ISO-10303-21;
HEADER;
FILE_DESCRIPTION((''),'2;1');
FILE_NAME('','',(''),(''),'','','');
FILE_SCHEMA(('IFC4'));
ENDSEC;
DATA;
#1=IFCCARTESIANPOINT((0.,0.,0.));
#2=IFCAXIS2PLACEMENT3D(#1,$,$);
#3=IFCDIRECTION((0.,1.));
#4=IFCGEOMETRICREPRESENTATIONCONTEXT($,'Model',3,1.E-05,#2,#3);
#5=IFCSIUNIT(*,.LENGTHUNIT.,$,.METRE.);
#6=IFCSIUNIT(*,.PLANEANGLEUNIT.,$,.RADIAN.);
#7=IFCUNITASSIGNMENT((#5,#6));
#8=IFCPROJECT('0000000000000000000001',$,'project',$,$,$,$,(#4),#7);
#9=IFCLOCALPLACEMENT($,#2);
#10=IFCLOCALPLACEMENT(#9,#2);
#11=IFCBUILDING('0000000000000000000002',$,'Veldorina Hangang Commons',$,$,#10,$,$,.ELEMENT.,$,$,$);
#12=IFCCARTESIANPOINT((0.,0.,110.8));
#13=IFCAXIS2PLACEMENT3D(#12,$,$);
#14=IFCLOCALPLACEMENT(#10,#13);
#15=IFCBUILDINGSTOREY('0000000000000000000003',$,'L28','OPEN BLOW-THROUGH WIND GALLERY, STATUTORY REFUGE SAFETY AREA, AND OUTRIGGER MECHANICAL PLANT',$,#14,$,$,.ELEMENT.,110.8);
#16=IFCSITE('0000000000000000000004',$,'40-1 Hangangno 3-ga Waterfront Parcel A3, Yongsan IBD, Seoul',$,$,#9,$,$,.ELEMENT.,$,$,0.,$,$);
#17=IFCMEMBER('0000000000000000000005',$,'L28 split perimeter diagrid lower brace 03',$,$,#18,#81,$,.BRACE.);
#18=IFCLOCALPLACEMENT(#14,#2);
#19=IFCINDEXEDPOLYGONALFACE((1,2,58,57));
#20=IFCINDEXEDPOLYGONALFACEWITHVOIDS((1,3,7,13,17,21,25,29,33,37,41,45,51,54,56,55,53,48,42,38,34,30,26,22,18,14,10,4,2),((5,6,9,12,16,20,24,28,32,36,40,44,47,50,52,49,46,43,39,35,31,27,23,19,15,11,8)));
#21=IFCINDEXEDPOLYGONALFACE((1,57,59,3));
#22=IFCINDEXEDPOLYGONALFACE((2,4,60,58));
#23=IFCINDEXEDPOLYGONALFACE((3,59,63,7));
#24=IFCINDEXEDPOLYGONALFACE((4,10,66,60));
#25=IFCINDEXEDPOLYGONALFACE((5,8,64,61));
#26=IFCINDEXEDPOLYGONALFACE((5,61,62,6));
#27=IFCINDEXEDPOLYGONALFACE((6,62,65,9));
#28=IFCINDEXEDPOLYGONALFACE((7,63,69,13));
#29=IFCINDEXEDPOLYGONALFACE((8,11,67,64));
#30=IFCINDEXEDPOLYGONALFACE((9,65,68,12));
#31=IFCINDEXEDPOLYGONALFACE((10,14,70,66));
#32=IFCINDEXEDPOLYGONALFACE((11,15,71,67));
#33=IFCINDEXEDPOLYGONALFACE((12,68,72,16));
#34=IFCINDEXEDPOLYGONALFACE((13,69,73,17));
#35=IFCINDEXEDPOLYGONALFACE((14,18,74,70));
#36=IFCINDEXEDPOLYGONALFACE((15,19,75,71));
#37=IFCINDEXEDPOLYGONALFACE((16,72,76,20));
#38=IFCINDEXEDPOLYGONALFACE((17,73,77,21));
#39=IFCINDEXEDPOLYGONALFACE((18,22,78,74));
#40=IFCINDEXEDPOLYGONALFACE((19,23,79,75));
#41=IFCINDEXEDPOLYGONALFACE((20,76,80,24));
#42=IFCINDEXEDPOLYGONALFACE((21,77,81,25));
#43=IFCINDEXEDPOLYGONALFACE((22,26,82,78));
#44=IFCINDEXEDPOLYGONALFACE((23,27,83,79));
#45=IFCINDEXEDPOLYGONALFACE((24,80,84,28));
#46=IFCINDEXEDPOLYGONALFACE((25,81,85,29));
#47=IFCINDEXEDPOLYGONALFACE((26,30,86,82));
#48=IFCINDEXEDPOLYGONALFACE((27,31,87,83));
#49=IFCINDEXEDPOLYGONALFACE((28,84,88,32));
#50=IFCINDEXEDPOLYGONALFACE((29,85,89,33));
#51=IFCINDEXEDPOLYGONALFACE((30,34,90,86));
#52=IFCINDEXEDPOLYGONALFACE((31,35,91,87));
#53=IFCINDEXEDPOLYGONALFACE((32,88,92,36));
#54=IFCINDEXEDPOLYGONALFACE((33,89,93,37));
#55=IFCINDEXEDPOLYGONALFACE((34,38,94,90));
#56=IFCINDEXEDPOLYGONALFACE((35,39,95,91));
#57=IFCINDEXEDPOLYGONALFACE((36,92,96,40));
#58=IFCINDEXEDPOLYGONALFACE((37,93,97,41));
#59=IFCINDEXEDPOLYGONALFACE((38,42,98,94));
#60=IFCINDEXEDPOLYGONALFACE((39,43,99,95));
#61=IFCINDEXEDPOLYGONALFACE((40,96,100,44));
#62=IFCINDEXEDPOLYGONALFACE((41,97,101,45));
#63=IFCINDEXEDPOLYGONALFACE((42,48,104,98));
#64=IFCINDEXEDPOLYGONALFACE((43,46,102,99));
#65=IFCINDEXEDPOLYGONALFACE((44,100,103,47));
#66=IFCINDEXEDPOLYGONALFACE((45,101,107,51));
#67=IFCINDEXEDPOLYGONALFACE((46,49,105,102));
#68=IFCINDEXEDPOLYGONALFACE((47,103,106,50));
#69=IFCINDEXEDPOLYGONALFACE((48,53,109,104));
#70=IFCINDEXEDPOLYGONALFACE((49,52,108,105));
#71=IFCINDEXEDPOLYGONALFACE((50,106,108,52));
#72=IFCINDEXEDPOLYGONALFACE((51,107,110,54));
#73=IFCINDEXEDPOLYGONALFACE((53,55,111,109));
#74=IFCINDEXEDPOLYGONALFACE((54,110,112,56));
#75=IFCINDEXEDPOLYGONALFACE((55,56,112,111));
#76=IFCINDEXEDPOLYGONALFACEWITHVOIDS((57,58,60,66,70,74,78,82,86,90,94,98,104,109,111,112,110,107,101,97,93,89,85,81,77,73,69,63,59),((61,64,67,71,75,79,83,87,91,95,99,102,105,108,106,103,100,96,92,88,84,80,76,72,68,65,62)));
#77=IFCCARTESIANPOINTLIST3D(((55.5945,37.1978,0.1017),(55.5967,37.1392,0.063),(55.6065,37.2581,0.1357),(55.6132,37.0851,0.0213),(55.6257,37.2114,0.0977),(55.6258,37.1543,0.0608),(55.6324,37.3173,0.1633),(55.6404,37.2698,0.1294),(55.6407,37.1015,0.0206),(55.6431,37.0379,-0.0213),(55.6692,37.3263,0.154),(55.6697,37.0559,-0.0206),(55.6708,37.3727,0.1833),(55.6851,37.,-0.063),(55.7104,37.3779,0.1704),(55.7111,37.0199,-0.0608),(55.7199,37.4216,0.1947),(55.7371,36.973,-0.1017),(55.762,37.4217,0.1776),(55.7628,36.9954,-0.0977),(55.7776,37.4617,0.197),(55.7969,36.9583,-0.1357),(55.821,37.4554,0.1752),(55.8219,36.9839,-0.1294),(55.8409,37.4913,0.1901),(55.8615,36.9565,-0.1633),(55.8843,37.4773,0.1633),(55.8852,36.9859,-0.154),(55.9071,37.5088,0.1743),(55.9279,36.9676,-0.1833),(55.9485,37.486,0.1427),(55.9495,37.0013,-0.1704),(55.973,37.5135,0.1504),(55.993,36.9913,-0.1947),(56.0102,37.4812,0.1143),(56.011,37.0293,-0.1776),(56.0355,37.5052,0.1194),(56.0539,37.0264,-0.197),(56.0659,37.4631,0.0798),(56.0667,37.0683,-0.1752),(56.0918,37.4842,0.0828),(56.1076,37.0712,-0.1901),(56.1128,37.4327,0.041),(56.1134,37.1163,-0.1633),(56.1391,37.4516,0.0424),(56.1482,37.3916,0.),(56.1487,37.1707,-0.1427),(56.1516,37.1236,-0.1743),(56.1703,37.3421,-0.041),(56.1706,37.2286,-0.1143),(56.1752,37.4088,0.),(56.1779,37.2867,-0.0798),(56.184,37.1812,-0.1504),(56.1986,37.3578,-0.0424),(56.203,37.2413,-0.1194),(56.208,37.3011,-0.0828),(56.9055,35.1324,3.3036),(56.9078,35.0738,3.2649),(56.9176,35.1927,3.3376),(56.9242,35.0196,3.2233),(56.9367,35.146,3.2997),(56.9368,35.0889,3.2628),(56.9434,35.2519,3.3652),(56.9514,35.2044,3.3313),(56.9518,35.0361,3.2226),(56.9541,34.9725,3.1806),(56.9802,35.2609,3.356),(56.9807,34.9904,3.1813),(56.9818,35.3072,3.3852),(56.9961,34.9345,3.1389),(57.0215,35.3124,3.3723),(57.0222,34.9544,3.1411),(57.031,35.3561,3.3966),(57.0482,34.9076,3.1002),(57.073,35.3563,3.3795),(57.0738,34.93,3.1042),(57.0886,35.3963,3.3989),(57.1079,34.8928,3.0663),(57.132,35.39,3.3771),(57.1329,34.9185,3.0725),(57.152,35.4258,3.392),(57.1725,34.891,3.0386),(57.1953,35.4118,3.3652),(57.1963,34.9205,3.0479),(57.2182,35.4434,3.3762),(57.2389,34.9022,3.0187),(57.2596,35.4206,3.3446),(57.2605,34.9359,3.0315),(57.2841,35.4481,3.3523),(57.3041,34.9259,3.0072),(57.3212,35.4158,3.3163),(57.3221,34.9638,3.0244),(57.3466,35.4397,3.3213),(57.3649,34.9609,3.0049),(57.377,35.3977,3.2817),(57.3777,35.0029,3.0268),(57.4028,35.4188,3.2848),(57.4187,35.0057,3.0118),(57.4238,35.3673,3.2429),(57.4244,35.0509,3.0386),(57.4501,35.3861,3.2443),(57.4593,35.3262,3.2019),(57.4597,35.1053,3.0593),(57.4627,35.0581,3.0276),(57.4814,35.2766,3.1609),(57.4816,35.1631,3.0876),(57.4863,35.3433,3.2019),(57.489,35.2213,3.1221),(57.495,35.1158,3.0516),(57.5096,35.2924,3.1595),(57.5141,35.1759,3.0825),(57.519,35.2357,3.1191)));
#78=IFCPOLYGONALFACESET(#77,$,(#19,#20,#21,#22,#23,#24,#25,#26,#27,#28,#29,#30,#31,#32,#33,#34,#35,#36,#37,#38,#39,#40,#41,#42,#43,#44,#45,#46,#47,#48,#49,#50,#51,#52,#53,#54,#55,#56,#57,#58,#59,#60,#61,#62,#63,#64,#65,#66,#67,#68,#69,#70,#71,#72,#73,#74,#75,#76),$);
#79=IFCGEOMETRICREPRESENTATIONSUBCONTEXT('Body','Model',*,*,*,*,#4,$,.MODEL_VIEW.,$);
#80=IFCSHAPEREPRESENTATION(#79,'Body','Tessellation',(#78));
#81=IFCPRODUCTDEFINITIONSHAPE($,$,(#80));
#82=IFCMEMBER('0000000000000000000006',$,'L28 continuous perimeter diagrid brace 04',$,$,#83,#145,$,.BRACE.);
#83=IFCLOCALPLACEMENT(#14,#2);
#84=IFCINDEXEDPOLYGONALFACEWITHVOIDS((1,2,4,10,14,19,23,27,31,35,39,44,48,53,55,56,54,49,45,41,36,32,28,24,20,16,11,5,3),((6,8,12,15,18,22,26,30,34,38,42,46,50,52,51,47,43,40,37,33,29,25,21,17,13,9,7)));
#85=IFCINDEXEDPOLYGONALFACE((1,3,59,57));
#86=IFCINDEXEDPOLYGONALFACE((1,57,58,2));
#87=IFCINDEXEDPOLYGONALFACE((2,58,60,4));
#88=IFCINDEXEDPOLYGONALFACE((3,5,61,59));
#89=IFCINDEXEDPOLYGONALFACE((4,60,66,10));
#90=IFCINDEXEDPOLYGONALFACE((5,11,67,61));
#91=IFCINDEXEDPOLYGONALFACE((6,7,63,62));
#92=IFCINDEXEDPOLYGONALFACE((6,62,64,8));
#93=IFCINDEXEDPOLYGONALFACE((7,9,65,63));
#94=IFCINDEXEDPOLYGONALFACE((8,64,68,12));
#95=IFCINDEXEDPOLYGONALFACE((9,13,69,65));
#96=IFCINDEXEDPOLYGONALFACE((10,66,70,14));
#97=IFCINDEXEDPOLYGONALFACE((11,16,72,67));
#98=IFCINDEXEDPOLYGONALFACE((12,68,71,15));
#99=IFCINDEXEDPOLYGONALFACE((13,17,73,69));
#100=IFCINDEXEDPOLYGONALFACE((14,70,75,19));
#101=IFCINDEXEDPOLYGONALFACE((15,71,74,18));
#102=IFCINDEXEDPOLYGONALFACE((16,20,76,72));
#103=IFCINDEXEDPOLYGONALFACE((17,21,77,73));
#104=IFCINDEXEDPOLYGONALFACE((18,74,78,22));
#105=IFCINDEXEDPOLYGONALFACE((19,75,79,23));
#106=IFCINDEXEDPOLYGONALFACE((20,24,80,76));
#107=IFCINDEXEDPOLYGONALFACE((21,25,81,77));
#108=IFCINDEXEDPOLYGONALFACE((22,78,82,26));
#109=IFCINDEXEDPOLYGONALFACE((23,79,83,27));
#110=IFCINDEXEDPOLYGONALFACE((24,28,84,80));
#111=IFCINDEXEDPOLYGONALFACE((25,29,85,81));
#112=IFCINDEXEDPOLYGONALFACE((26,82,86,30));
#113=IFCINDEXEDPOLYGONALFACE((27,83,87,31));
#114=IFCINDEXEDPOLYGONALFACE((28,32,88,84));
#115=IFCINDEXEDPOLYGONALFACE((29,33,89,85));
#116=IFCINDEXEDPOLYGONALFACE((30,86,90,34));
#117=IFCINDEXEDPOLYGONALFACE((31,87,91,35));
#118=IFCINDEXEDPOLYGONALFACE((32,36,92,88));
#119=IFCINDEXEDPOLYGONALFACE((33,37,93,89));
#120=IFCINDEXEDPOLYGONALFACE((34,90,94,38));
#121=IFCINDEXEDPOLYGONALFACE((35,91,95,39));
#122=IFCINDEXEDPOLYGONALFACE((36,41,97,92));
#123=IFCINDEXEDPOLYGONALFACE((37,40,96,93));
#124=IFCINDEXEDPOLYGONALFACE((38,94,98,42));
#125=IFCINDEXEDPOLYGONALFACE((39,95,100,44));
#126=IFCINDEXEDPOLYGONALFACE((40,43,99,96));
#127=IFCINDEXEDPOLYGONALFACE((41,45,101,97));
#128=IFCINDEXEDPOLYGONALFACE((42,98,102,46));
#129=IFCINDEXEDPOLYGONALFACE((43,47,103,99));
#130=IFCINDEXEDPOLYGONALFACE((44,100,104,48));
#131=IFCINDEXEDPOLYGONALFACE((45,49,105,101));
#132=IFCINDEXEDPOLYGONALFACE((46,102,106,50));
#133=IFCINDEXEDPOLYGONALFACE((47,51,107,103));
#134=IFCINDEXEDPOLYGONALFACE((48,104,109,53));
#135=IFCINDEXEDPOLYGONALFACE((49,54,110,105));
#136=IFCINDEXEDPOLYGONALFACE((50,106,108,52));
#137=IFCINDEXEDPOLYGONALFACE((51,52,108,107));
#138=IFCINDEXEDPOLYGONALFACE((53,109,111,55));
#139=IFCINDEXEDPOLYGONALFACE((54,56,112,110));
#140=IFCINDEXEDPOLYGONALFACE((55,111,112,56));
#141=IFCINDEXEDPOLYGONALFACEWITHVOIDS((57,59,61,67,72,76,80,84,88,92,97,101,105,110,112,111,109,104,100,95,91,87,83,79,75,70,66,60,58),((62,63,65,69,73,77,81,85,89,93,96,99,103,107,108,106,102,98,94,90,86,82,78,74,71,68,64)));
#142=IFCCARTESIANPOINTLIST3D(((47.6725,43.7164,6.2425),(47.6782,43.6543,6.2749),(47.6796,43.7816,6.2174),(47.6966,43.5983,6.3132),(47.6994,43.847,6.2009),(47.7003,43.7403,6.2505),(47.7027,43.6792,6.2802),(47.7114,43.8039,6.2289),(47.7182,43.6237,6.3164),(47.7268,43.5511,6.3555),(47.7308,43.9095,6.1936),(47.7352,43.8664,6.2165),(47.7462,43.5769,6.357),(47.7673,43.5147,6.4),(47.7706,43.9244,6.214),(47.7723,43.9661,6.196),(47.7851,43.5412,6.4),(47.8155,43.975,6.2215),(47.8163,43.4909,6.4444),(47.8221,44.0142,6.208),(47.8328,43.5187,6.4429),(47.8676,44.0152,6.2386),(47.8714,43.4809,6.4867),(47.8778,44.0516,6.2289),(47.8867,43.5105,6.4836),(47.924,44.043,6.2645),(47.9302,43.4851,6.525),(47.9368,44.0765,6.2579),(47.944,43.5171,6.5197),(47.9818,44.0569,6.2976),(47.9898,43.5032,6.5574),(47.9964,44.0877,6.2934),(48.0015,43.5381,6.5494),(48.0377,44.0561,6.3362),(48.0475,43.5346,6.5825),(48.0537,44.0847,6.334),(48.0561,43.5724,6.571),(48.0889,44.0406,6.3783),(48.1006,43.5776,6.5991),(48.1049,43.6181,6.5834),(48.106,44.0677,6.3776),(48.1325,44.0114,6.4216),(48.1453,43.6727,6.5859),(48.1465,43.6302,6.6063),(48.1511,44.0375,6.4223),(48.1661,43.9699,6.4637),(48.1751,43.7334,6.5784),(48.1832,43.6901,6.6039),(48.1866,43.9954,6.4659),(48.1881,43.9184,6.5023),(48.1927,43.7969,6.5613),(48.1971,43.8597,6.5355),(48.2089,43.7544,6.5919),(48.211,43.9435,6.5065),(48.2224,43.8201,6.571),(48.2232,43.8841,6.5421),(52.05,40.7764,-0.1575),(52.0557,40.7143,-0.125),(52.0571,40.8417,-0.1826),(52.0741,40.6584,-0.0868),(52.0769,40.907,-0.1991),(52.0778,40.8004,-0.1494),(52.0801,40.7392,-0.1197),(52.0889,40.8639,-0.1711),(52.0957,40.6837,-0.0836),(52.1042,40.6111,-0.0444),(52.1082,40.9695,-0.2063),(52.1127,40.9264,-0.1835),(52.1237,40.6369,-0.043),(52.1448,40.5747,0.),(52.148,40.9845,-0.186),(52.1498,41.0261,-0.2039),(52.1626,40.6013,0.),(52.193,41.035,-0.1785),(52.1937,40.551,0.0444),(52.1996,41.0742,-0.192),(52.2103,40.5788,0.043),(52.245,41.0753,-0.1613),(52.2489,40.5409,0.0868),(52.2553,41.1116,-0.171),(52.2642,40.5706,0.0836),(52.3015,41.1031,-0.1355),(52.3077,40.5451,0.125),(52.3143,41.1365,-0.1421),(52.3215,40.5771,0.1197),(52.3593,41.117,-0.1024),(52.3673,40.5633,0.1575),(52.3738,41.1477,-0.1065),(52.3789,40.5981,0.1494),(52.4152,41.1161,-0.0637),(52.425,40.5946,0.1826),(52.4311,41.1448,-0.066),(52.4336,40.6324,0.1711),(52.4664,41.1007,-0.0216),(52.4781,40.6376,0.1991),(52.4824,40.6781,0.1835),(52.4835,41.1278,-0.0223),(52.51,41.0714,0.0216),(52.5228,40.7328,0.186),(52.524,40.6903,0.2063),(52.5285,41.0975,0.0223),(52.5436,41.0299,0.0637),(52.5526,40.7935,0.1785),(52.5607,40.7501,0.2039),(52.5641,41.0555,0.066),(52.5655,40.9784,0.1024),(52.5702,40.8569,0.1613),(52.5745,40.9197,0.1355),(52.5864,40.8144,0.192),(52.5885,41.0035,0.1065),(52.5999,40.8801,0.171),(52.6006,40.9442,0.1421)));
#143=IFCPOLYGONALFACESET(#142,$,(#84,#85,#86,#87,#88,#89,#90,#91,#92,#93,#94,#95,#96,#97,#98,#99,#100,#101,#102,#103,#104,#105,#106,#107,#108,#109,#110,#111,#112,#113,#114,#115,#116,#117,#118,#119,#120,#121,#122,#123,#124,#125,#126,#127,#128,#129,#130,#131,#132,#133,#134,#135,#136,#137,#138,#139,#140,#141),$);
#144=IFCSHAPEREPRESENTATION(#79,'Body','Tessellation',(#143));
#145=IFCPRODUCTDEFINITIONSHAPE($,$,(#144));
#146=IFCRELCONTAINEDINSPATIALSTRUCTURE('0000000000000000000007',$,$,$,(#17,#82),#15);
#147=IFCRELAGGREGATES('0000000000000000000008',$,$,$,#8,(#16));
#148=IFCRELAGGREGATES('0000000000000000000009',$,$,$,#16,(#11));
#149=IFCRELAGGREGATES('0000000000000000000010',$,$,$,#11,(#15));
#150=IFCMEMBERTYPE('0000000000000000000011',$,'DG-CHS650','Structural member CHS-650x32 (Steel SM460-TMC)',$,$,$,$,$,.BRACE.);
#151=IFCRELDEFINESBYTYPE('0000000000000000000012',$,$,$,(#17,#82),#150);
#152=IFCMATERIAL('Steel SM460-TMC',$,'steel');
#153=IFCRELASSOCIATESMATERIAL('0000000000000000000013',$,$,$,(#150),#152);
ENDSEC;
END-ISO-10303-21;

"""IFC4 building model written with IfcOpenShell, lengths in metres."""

from ifc_helpers import new_model, si_unit, direction, frame, origin, origin_2d, place, context, subcontext, project, spatial, hollow_circle, extrude, material, material_profile, profile_set, type_object, element, save


model = new_model("IFC4")

# Units and contexts
model_context = context("Model", 3, precision=1e-05, world=origin(), true_north=direction((0.0, 1.0)))
body_context = subcontext(model_context, "Body", "Model", "MODEL_VIEW")
ifc_project = project(units=[si_unit("LENGTHUNIT", "METRE"), si_unit("PLANEANGLEUNIT", "RADIAN")], contexts=[model_context])

# Site, building, storey
site_placement = place(None, origin())
site = spatial("IfcSite", under=ifc_project, at=site_placement, Name="40-1 Hangangno 3-ga Waterfront Parcel A3, Yongsan IBD, Seoul", CompositionType="ELEMENT", RefElevation=0.0)
building_placement = place(site_placement, origin())
building = spatial("IfcBuilding", under=site, at=building_placement, Name="Veldorina Hangang Commons", CompositionType="ELEMENT")
storey_placement = place(building_placement, frame((0.0, 0.0, 110.8)))
storey = spatial("IfcBuildingStorey", under=building, at=storey_placement, Name="L28", Description="OPEN BLOW-THROUGH WIND GALLERY, STATUTORY REFUGE SAFETY AREA, AND OUTRIGGER MECHANICAL PLANT", CompositionType="ELEMENT", Elevation=110.8)

# Shared definitions
ifc_material_1 = material(Name="Steel SM460-TMC", Category="steel")

# Members
ifc_material_profile_1 = material_profile(ifc_material_1, hollow_circle(Radius=0.325, WallThickness=0.032, at=origin_2d()), Name="CHS-650x32")
ifc_profile_set_1 = profile_set([ifc_material_profile_1], Name="Steel SM460-TMC")
member_type_1 = type_object("IfcMemberType", Name="DG-CHS650", Description="Structural member CHS-650x32 (Steel SM460-TMC)", PredefinedType="BRACE", material=ifc_profile_set_1)
member_1_placement = place(storey_placement, frame((55.9009, 37.2346, 0.0), z_axis=(0.325358, -0.512575, 0.794613), x_axis=(0.844277, 0.535907, 0.0)))
element("IfcMember", 1, at=member_1_placement, inside=storey, type_object=member_type_1, Name="L28 split perimeter diagrid lower brace 03", PredefinedType="BRACE", context=body_context, shape_type="SweptSolid", body=[
    extrude(hollow_circle(Radius=0.325, WallThickness=0.032, at=origin_2d()), origin(), (0.0, 0.0, 1.0), 4.0295),
])
member_2_placement = place(storey_placement, frame((52.3259, 40.8445, 0.0), z_axis=(-0.527886, 0.354534, 0.771779), x_axis=(-0.557539, -0.830151, 0.0)))
element("IfcMember", 2, at=member_2_placement, inside=storey, type_object=member_type_1, Name="L28 continuous perimeter diagrid brace 04", PredefinedType="BRACE", context=body_context, shape_type="SweptSolid", body=[
    extrude(hollow_circle(Radius=0.325, WallThickness=0.032, at=origin_2d()), origin(), (0.0, 0.0, 1.0), 8.2925),
])

save(model, "model.ifc")
